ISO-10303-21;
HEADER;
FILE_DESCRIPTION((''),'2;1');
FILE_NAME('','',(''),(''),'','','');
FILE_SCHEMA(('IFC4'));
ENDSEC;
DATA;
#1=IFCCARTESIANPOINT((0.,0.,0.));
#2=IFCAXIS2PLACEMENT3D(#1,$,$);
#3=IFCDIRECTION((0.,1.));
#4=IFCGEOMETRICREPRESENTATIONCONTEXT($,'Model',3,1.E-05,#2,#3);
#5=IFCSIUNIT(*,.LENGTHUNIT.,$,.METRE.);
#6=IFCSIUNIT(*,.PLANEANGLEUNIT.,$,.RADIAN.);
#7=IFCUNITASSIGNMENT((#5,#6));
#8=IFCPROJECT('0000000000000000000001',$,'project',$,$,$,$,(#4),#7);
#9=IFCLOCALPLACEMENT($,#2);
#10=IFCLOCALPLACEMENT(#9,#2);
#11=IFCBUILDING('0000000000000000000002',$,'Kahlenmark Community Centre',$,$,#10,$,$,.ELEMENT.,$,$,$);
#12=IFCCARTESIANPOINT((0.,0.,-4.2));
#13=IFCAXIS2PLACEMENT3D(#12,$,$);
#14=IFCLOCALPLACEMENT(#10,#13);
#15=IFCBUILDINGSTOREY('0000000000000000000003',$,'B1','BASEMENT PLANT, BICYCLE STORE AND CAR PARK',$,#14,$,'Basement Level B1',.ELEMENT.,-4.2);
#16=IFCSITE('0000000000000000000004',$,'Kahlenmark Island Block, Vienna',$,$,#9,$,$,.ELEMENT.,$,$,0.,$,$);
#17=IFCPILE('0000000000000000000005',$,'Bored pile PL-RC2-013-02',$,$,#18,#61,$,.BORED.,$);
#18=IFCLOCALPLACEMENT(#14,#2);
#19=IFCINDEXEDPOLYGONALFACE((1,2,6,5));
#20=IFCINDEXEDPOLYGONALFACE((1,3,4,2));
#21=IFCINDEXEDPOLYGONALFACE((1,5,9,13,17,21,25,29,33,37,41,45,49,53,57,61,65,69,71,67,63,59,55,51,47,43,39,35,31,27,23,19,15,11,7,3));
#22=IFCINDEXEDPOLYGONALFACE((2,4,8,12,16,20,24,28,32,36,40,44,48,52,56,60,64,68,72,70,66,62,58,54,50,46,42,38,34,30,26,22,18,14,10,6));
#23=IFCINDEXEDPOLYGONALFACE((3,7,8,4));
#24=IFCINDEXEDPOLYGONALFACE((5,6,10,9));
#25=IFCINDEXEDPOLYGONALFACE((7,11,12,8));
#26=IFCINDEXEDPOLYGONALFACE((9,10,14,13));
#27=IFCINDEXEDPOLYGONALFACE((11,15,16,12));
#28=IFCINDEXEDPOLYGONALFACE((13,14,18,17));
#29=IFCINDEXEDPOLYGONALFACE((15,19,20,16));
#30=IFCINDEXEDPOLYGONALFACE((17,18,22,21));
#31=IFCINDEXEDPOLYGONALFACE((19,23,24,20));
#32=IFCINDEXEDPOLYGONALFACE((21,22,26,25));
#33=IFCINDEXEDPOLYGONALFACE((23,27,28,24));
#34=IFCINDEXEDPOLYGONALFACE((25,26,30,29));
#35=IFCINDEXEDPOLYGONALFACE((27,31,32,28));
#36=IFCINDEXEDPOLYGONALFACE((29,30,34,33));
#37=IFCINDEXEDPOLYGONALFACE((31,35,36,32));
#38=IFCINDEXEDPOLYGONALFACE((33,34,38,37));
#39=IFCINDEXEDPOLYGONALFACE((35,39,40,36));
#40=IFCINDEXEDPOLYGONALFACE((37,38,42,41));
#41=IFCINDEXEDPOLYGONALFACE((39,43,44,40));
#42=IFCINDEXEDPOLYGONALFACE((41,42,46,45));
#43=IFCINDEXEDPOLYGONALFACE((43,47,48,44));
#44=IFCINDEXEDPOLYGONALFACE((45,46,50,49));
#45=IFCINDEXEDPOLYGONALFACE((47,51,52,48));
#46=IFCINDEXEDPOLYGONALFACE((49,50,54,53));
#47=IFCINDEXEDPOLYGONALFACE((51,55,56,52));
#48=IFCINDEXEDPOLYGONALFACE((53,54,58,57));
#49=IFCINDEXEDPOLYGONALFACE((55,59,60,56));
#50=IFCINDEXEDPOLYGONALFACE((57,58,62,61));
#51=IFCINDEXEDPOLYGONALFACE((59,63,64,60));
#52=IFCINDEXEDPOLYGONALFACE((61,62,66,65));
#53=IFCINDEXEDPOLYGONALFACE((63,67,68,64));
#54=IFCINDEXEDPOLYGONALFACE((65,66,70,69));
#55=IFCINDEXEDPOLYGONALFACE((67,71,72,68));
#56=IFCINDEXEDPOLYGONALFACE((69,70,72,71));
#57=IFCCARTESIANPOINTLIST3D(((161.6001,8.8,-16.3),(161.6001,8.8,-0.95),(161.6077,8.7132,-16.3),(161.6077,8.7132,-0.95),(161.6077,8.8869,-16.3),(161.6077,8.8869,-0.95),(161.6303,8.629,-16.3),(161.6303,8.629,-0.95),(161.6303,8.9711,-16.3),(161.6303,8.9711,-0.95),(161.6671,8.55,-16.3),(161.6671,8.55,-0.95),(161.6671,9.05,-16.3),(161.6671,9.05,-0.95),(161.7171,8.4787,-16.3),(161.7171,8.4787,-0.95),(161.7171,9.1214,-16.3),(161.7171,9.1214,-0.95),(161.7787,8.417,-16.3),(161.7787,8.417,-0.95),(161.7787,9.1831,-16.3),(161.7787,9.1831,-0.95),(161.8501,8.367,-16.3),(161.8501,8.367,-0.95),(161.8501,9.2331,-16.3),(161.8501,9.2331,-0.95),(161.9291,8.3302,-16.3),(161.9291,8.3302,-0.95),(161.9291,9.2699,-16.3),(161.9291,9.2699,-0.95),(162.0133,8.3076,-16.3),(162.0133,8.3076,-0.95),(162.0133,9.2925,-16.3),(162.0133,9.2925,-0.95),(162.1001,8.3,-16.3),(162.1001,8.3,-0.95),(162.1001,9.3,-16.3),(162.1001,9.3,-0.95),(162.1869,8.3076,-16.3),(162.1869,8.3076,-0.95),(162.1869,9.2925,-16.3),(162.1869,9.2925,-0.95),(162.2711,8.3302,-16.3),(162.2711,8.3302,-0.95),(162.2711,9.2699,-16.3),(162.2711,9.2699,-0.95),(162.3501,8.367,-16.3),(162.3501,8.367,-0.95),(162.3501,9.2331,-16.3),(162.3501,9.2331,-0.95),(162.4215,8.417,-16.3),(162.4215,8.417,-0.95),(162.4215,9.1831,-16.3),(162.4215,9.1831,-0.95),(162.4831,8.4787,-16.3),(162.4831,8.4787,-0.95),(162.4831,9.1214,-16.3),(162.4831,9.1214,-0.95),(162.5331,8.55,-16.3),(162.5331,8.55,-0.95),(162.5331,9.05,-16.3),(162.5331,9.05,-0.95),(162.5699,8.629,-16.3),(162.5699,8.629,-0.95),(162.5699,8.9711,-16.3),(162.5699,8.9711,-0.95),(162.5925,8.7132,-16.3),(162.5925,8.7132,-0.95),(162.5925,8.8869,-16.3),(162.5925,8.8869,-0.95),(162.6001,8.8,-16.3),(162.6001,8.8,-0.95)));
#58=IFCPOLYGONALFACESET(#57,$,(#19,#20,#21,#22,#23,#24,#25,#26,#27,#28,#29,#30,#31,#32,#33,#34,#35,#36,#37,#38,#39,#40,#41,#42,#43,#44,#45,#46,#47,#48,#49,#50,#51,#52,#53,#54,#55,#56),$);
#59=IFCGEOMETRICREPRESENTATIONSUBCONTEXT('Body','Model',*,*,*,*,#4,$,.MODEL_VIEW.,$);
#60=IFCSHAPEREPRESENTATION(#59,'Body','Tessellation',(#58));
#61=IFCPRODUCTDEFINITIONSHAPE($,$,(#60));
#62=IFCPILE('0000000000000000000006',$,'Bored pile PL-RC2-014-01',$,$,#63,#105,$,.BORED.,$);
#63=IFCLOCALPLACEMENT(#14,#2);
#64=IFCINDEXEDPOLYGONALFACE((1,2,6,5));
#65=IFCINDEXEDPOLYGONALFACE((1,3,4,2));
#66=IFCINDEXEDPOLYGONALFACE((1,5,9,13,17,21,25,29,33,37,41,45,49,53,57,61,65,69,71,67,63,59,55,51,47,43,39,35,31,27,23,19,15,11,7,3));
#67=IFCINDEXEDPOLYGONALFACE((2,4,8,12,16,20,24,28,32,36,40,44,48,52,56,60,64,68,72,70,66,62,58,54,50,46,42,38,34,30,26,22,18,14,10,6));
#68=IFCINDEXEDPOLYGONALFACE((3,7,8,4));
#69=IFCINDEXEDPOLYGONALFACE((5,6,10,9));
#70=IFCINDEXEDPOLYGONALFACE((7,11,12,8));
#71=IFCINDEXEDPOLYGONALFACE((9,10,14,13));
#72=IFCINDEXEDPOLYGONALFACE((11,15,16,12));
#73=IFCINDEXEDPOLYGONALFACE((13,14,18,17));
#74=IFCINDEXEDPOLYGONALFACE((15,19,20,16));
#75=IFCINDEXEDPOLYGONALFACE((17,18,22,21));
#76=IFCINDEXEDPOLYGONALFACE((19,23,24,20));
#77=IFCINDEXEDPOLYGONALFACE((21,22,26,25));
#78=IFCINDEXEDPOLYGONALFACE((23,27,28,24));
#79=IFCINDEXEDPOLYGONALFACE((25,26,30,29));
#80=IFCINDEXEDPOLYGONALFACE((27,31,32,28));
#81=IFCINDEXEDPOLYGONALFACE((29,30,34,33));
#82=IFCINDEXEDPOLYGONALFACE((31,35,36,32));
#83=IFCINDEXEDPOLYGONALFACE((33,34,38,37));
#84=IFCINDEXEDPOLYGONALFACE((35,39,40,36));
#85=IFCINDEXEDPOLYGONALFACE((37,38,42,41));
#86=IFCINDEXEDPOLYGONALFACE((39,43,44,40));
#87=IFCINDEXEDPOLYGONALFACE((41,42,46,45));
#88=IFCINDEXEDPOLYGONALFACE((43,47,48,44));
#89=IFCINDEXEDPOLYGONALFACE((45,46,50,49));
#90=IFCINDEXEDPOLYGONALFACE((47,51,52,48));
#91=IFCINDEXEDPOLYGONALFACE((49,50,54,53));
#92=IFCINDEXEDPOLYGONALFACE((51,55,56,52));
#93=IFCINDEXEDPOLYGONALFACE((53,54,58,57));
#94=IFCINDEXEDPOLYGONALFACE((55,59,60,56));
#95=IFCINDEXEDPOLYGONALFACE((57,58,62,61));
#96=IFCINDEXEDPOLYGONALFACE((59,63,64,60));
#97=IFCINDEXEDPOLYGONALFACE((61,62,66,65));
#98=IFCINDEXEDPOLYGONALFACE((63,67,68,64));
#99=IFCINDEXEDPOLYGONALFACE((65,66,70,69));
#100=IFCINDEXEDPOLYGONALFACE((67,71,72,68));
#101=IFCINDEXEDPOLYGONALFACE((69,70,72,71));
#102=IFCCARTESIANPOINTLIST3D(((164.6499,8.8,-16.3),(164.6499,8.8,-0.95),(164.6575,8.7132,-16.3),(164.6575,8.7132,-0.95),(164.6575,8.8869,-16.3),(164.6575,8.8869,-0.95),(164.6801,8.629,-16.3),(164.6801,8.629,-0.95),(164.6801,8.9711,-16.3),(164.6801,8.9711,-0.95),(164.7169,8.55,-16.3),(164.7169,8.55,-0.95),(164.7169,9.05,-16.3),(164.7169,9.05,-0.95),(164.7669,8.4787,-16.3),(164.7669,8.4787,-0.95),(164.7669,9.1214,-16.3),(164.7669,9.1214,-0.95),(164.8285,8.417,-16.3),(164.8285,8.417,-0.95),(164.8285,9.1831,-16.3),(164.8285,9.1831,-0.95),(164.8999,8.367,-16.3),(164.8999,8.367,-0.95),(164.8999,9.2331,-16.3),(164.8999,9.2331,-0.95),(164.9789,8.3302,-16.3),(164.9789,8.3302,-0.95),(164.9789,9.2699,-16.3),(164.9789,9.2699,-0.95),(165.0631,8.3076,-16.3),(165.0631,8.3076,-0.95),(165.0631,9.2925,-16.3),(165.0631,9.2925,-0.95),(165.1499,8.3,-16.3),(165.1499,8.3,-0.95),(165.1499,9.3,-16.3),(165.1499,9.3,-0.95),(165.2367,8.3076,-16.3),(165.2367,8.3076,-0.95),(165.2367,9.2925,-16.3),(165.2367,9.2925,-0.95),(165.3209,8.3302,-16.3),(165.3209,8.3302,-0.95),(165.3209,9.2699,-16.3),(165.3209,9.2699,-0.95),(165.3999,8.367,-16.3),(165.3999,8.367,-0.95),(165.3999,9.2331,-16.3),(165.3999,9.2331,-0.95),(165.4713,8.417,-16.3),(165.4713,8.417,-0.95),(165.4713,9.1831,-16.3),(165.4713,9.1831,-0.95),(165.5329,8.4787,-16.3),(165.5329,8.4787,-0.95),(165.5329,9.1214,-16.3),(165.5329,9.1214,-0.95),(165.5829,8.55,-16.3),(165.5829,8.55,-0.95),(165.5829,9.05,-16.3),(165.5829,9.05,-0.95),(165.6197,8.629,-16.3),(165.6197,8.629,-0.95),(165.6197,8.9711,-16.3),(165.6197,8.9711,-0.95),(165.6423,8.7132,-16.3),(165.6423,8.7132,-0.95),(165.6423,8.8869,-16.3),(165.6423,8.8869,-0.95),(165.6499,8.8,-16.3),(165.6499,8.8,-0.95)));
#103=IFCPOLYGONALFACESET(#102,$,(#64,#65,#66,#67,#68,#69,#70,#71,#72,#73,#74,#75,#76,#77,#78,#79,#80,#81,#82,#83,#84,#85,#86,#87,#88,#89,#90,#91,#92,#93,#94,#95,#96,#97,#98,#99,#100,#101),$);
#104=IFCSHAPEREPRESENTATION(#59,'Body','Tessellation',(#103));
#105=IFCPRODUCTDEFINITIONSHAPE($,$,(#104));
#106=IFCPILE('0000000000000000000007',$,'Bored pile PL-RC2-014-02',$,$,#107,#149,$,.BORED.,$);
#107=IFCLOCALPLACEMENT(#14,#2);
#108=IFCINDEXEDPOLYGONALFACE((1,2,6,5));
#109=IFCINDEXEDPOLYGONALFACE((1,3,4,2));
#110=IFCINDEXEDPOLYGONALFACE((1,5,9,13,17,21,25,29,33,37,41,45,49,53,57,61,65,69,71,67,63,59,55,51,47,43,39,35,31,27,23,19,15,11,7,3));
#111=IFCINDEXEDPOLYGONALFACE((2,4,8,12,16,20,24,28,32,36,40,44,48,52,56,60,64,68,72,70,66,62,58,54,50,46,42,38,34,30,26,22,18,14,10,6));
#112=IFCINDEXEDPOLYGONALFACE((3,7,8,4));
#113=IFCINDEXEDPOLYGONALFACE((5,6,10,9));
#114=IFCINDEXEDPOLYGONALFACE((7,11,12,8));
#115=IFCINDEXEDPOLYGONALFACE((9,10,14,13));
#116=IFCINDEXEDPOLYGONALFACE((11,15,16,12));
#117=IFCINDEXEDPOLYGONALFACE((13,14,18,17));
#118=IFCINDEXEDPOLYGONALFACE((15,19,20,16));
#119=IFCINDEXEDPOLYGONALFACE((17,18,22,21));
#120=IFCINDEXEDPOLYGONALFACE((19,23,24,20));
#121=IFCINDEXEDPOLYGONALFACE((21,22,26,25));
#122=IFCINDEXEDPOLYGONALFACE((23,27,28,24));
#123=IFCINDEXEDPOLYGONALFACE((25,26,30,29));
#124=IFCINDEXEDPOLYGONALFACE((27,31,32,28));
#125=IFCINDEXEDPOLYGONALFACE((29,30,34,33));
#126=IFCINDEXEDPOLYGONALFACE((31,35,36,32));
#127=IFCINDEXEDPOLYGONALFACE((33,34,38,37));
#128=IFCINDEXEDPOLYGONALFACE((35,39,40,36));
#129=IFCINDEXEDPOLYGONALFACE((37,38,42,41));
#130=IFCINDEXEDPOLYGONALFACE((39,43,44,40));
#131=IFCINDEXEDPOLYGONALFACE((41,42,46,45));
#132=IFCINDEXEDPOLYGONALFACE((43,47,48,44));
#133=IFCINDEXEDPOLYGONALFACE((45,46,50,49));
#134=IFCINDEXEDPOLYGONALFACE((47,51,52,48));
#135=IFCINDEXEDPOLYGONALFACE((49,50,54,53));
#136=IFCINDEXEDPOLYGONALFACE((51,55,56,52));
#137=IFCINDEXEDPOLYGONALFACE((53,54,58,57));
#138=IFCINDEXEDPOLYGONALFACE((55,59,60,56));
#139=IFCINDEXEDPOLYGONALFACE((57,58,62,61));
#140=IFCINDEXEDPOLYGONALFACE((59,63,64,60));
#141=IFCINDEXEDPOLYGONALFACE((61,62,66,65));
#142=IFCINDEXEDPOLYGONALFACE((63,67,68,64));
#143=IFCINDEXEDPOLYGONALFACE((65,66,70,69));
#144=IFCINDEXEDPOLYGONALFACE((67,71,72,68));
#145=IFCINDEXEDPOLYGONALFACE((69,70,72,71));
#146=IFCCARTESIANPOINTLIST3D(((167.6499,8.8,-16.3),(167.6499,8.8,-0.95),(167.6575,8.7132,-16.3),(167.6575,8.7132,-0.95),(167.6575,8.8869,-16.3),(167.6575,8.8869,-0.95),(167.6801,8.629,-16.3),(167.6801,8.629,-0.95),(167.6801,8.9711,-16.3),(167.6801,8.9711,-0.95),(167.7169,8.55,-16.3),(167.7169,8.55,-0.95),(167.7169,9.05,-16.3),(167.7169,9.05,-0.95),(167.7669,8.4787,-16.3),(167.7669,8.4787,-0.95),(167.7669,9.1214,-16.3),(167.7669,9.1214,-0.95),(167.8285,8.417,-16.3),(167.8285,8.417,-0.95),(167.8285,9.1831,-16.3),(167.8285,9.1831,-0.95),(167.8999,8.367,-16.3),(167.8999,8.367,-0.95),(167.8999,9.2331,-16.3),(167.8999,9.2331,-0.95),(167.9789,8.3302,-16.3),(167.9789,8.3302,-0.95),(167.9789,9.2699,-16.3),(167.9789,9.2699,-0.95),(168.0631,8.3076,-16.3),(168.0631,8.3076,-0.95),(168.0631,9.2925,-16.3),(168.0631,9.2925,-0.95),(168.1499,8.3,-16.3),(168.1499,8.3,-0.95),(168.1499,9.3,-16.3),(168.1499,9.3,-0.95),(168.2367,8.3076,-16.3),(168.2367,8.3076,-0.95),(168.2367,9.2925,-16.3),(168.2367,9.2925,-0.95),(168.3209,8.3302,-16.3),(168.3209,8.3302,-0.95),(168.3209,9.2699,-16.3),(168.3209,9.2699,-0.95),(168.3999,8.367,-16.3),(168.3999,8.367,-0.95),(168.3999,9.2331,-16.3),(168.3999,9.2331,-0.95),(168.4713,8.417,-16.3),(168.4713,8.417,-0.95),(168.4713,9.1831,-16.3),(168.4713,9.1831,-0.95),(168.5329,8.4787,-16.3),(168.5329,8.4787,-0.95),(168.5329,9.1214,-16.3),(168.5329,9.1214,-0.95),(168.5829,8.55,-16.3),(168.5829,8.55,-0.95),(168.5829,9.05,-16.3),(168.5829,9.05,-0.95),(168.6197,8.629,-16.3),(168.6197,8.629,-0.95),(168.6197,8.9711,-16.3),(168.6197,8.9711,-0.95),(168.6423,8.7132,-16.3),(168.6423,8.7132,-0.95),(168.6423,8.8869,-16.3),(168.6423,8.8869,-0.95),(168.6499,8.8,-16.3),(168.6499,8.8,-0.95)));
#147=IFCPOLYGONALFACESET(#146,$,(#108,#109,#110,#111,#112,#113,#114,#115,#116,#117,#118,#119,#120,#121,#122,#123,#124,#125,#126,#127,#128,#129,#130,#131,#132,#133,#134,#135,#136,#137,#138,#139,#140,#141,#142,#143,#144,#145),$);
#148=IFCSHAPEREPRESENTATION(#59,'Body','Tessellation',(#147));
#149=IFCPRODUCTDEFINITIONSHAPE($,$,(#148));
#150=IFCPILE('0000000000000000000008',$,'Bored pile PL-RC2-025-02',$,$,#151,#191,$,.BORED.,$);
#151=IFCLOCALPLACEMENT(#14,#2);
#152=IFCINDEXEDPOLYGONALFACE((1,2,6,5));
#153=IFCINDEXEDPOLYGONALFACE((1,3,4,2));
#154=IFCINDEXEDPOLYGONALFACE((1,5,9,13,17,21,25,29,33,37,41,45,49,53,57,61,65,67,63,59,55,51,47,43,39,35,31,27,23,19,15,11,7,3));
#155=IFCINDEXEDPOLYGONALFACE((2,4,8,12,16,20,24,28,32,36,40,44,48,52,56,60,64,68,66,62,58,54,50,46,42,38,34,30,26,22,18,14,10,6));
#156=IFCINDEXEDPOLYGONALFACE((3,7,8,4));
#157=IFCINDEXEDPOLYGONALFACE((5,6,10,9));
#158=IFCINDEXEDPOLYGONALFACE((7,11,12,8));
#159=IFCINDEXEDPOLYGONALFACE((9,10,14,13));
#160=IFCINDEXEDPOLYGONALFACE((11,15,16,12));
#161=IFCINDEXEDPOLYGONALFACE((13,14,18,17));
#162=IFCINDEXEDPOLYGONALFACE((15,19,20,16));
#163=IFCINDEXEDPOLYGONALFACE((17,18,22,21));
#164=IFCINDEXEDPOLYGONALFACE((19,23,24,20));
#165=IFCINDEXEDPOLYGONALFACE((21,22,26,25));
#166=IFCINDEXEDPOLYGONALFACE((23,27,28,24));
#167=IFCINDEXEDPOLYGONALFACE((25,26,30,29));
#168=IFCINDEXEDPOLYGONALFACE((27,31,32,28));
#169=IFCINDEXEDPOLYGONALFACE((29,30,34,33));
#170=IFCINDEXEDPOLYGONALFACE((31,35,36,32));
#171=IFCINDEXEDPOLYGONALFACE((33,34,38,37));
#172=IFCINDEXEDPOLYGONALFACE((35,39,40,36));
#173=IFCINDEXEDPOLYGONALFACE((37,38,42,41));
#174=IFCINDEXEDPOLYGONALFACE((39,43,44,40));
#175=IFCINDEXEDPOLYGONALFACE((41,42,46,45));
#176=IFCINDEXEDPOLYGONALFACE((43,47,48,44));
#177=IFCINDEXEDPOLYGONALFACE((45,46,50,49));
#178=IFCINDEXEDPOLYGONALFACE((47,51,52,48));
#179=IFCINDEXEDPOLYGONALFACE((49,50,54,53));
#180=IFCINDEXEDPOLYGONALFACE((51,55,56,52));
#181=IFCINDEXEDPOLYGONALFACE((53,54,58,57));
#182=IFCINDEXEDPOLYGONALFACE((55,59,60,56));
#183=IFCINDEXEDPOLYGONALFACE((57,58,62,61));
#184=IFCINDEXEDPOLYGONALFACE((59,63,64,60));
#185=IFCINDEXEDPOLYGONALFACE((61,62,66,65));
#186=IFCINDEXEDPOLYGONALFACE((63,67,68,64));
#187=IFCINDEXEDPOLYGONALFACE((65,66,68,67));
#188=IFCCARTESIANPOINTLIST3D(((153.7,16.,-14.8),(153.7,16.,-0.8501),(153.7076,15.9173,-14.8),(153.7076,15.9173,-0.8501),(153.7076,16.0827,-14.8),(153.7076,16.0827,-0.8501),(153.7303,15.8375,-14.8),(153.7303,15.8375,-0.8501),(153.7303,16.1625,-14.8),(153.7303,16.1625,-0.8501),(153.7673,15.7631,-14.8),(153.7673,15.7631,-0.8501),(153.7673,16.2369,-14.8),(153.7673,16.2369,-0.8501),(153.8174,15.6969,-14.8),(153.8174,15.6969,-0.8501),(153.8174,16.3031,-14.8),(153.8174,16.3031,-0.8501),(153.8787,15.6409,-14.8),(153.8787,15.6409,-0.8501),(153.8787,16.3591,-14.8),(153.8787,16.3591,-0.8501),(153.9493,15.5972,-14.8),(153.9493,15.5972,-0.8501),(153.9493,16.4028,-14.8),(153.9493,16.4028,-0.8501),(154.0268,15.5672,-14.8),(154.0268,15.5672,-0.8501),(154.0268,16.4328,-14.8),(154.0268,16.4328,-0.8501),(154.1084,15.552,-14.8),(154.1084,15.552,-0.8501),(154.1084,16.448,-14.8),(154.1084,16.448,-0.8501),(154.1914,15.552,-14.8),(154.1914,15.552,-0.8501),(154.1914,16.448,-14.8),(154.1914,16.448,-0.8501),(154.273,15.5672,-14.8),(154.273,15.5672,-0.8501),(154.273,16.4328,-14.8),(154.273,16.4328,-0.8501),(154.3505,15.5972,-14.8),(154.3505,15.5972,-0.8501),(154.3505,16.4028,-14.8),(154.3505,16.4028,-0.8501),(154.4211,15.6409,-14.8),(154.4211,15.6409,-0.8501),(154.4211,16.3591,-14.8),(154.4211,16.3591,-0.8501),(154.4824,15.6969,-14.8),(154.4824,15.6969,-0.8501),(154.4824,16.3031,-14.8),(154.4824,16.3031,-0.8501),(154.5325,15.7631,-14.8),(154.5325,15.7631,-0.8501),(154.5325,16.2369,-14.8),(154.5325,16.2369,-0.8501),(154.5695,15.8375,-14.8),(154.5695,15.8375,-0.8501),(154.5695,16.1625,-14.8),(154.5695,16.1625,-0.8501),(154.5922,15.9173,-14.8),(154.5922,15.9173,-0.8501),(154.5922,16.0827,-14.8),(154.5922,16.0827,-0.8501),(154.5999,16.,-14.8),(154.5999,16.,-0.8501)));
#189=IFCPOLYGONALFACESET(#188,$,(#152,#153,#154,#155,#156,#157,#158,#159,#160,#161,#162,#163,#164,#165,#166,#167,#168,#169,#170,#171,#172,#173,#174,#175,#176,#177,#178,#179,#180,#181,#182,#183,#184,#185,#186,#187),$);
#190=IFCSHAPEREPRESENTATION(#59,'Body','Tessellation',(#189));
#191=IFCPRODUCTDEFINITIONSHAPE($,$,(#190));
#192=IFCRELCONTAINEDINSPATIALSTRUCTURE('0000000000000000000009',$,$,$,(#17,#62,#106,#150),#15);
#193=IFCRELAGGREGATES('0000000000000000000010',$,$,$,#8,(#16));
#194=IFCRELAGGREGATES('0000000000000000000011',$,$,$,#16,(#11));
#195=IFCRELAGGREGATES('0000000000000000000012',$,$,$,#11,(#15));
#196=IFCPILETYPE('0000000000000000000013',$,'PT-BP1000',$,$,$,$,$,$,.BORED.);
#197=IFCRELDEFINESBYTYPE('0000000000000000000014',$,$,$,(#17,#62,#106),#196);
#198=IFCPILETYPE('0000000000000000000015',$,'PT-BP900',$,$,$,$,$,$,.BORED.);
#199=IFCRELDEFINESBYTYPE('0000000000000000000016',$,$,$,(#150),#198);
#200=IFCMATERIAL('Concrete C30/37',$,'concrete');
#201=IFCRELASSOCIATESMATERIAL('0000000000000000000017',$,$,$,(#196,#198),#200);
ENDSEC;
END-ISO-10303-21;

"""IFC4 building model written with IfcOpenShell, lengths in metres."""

from ifc_helpers import new_model, si_unit, direction, frame, origin, origin_2d, place, context, subcontext, project, spatial, circle, extrude, material, material_profile, profile_set, type_object, element, save


model = new_model("IFC4")

# Units and contexts
model_context = context("Model", 3, precision=1e-05, world=origin(), true_north=direction((0.0, 1.0)))
body_context = subcontext(model_context, "Body", "Model", "MODEL_VIEW")
ifc_project = project(units=[si_unit("LENGTHUNIT", "METRE"), si_unit("PLANEANGLEUNIT", "RADIAN")], contexts=[model_context])

# Site, building, storey
site_placement = place(None, origin())
site = spatial("IfcSite", under=ifc_project, at=site_placement, Name="Kahlenmark Island Block, Vienna", CompositionType="ELEMENT", RefElevation=0.0)
building_placement = place(site_placement, origin())
building = spatial("IfcBuilding", under=site, at=building_placement, Name="Kahlenmark Community Centre", CompositionType="ELEMENT")
storey_placement = place(building_placement, frame((0.0, 0.0, -4.2)))
storey = spatial("IfcBuildingStorey", under=building, at=storey_placement, Name="B1", Description="BASEMENT PLANT, BICYCLE STORE AND CAR PARK", LongName="Basement Level B1", CompositionType="ELEMENT", Elevation=-4.2)

# Shared definitions
ifc_material_1 = material(Name="Concrete C30/37", Category="concrete")

# Piles
ifc_material_profile_1 = material_profile(ifc_material_1, circle(Radius=0.5, at=origin_2d()), Name="BORED PILE 1000")
ifc_profile_set_1 = profile_set([ifc_material_profile_1], Name="Concrete C30/37")
pile_type_1 = type_object("IfcPileType", Name="PT-BP1000", PredefinedType="BORED", material=ifc_profile_set_1)
for number, where, z_axis, x_axis, name in (
    (1, (162.1001, 8.8, -0.95), (0.0, 0.0, -1.0), (1.0, 0.0, 0.0), "Bored pile PL-RC2-013-02"),
    (2, (165.1499, 8.8, -0.95), (0.0, 0.0, -1.0), (1.0, 0.0, 0.0), "Bored pile PL-RC2-014-01"),
    (3, (168.1499, 8.8, -0.95), (0.0, 0.0, -1.0), (1.0, 0.0, 0.0), "Bored pile PL-RC2-014-02"),
):
    element("IfcPile", number, at=place(storey_placement, frame(where, z_axis=z_axis, x_axis=x_axis)), inside=storey, type_object=pile_type_1, Name=name, PredefinedType="BORED", context=body_context, shape_type="SweptSolid", body=[
        extrude(circle(Radius=0.5, at=origin_2d()), origin(), (0.0, 0.0, 1.0), 15.3501),
    ])
ifc_material_profile_2 = material_profile(ifc_material_1, circle(Radius=0.45, at=origin_2d()), Name="BORED PILE 900")
ifc_profile_set_2 = profile_set([ifc_material_profile_2], Name="Concrete C30/37")
pile_type_2 = type_object("IfcPileType", Name="PT-BP900", PredefinedType="BORED", material=ifc_profile_set_2)
for number, where, z_axis, x_axis, name in (
    (4, (154.1499, 16.0, -0.8501), (0.0, 0.0, -1.0), (1.0, 0.0, 0.0), "Bored pile PL-RC2-025-02"),
):
    element("IfcPile", number, at=place(storey_placement, frame(where, z_axis=z_axis, x_axis=x_axis)), inside=storey, type_object=pile_type_2, Name=name, PredefinedType="BORED", context=body_context, shape_type="SweptSolid", body=[
        extrude(circle(Radius=0.45, at=origin_2d()), origin(), (0.0, 0.0, 1.0), 13.95),
    ])

save(model, "model.ifc")
